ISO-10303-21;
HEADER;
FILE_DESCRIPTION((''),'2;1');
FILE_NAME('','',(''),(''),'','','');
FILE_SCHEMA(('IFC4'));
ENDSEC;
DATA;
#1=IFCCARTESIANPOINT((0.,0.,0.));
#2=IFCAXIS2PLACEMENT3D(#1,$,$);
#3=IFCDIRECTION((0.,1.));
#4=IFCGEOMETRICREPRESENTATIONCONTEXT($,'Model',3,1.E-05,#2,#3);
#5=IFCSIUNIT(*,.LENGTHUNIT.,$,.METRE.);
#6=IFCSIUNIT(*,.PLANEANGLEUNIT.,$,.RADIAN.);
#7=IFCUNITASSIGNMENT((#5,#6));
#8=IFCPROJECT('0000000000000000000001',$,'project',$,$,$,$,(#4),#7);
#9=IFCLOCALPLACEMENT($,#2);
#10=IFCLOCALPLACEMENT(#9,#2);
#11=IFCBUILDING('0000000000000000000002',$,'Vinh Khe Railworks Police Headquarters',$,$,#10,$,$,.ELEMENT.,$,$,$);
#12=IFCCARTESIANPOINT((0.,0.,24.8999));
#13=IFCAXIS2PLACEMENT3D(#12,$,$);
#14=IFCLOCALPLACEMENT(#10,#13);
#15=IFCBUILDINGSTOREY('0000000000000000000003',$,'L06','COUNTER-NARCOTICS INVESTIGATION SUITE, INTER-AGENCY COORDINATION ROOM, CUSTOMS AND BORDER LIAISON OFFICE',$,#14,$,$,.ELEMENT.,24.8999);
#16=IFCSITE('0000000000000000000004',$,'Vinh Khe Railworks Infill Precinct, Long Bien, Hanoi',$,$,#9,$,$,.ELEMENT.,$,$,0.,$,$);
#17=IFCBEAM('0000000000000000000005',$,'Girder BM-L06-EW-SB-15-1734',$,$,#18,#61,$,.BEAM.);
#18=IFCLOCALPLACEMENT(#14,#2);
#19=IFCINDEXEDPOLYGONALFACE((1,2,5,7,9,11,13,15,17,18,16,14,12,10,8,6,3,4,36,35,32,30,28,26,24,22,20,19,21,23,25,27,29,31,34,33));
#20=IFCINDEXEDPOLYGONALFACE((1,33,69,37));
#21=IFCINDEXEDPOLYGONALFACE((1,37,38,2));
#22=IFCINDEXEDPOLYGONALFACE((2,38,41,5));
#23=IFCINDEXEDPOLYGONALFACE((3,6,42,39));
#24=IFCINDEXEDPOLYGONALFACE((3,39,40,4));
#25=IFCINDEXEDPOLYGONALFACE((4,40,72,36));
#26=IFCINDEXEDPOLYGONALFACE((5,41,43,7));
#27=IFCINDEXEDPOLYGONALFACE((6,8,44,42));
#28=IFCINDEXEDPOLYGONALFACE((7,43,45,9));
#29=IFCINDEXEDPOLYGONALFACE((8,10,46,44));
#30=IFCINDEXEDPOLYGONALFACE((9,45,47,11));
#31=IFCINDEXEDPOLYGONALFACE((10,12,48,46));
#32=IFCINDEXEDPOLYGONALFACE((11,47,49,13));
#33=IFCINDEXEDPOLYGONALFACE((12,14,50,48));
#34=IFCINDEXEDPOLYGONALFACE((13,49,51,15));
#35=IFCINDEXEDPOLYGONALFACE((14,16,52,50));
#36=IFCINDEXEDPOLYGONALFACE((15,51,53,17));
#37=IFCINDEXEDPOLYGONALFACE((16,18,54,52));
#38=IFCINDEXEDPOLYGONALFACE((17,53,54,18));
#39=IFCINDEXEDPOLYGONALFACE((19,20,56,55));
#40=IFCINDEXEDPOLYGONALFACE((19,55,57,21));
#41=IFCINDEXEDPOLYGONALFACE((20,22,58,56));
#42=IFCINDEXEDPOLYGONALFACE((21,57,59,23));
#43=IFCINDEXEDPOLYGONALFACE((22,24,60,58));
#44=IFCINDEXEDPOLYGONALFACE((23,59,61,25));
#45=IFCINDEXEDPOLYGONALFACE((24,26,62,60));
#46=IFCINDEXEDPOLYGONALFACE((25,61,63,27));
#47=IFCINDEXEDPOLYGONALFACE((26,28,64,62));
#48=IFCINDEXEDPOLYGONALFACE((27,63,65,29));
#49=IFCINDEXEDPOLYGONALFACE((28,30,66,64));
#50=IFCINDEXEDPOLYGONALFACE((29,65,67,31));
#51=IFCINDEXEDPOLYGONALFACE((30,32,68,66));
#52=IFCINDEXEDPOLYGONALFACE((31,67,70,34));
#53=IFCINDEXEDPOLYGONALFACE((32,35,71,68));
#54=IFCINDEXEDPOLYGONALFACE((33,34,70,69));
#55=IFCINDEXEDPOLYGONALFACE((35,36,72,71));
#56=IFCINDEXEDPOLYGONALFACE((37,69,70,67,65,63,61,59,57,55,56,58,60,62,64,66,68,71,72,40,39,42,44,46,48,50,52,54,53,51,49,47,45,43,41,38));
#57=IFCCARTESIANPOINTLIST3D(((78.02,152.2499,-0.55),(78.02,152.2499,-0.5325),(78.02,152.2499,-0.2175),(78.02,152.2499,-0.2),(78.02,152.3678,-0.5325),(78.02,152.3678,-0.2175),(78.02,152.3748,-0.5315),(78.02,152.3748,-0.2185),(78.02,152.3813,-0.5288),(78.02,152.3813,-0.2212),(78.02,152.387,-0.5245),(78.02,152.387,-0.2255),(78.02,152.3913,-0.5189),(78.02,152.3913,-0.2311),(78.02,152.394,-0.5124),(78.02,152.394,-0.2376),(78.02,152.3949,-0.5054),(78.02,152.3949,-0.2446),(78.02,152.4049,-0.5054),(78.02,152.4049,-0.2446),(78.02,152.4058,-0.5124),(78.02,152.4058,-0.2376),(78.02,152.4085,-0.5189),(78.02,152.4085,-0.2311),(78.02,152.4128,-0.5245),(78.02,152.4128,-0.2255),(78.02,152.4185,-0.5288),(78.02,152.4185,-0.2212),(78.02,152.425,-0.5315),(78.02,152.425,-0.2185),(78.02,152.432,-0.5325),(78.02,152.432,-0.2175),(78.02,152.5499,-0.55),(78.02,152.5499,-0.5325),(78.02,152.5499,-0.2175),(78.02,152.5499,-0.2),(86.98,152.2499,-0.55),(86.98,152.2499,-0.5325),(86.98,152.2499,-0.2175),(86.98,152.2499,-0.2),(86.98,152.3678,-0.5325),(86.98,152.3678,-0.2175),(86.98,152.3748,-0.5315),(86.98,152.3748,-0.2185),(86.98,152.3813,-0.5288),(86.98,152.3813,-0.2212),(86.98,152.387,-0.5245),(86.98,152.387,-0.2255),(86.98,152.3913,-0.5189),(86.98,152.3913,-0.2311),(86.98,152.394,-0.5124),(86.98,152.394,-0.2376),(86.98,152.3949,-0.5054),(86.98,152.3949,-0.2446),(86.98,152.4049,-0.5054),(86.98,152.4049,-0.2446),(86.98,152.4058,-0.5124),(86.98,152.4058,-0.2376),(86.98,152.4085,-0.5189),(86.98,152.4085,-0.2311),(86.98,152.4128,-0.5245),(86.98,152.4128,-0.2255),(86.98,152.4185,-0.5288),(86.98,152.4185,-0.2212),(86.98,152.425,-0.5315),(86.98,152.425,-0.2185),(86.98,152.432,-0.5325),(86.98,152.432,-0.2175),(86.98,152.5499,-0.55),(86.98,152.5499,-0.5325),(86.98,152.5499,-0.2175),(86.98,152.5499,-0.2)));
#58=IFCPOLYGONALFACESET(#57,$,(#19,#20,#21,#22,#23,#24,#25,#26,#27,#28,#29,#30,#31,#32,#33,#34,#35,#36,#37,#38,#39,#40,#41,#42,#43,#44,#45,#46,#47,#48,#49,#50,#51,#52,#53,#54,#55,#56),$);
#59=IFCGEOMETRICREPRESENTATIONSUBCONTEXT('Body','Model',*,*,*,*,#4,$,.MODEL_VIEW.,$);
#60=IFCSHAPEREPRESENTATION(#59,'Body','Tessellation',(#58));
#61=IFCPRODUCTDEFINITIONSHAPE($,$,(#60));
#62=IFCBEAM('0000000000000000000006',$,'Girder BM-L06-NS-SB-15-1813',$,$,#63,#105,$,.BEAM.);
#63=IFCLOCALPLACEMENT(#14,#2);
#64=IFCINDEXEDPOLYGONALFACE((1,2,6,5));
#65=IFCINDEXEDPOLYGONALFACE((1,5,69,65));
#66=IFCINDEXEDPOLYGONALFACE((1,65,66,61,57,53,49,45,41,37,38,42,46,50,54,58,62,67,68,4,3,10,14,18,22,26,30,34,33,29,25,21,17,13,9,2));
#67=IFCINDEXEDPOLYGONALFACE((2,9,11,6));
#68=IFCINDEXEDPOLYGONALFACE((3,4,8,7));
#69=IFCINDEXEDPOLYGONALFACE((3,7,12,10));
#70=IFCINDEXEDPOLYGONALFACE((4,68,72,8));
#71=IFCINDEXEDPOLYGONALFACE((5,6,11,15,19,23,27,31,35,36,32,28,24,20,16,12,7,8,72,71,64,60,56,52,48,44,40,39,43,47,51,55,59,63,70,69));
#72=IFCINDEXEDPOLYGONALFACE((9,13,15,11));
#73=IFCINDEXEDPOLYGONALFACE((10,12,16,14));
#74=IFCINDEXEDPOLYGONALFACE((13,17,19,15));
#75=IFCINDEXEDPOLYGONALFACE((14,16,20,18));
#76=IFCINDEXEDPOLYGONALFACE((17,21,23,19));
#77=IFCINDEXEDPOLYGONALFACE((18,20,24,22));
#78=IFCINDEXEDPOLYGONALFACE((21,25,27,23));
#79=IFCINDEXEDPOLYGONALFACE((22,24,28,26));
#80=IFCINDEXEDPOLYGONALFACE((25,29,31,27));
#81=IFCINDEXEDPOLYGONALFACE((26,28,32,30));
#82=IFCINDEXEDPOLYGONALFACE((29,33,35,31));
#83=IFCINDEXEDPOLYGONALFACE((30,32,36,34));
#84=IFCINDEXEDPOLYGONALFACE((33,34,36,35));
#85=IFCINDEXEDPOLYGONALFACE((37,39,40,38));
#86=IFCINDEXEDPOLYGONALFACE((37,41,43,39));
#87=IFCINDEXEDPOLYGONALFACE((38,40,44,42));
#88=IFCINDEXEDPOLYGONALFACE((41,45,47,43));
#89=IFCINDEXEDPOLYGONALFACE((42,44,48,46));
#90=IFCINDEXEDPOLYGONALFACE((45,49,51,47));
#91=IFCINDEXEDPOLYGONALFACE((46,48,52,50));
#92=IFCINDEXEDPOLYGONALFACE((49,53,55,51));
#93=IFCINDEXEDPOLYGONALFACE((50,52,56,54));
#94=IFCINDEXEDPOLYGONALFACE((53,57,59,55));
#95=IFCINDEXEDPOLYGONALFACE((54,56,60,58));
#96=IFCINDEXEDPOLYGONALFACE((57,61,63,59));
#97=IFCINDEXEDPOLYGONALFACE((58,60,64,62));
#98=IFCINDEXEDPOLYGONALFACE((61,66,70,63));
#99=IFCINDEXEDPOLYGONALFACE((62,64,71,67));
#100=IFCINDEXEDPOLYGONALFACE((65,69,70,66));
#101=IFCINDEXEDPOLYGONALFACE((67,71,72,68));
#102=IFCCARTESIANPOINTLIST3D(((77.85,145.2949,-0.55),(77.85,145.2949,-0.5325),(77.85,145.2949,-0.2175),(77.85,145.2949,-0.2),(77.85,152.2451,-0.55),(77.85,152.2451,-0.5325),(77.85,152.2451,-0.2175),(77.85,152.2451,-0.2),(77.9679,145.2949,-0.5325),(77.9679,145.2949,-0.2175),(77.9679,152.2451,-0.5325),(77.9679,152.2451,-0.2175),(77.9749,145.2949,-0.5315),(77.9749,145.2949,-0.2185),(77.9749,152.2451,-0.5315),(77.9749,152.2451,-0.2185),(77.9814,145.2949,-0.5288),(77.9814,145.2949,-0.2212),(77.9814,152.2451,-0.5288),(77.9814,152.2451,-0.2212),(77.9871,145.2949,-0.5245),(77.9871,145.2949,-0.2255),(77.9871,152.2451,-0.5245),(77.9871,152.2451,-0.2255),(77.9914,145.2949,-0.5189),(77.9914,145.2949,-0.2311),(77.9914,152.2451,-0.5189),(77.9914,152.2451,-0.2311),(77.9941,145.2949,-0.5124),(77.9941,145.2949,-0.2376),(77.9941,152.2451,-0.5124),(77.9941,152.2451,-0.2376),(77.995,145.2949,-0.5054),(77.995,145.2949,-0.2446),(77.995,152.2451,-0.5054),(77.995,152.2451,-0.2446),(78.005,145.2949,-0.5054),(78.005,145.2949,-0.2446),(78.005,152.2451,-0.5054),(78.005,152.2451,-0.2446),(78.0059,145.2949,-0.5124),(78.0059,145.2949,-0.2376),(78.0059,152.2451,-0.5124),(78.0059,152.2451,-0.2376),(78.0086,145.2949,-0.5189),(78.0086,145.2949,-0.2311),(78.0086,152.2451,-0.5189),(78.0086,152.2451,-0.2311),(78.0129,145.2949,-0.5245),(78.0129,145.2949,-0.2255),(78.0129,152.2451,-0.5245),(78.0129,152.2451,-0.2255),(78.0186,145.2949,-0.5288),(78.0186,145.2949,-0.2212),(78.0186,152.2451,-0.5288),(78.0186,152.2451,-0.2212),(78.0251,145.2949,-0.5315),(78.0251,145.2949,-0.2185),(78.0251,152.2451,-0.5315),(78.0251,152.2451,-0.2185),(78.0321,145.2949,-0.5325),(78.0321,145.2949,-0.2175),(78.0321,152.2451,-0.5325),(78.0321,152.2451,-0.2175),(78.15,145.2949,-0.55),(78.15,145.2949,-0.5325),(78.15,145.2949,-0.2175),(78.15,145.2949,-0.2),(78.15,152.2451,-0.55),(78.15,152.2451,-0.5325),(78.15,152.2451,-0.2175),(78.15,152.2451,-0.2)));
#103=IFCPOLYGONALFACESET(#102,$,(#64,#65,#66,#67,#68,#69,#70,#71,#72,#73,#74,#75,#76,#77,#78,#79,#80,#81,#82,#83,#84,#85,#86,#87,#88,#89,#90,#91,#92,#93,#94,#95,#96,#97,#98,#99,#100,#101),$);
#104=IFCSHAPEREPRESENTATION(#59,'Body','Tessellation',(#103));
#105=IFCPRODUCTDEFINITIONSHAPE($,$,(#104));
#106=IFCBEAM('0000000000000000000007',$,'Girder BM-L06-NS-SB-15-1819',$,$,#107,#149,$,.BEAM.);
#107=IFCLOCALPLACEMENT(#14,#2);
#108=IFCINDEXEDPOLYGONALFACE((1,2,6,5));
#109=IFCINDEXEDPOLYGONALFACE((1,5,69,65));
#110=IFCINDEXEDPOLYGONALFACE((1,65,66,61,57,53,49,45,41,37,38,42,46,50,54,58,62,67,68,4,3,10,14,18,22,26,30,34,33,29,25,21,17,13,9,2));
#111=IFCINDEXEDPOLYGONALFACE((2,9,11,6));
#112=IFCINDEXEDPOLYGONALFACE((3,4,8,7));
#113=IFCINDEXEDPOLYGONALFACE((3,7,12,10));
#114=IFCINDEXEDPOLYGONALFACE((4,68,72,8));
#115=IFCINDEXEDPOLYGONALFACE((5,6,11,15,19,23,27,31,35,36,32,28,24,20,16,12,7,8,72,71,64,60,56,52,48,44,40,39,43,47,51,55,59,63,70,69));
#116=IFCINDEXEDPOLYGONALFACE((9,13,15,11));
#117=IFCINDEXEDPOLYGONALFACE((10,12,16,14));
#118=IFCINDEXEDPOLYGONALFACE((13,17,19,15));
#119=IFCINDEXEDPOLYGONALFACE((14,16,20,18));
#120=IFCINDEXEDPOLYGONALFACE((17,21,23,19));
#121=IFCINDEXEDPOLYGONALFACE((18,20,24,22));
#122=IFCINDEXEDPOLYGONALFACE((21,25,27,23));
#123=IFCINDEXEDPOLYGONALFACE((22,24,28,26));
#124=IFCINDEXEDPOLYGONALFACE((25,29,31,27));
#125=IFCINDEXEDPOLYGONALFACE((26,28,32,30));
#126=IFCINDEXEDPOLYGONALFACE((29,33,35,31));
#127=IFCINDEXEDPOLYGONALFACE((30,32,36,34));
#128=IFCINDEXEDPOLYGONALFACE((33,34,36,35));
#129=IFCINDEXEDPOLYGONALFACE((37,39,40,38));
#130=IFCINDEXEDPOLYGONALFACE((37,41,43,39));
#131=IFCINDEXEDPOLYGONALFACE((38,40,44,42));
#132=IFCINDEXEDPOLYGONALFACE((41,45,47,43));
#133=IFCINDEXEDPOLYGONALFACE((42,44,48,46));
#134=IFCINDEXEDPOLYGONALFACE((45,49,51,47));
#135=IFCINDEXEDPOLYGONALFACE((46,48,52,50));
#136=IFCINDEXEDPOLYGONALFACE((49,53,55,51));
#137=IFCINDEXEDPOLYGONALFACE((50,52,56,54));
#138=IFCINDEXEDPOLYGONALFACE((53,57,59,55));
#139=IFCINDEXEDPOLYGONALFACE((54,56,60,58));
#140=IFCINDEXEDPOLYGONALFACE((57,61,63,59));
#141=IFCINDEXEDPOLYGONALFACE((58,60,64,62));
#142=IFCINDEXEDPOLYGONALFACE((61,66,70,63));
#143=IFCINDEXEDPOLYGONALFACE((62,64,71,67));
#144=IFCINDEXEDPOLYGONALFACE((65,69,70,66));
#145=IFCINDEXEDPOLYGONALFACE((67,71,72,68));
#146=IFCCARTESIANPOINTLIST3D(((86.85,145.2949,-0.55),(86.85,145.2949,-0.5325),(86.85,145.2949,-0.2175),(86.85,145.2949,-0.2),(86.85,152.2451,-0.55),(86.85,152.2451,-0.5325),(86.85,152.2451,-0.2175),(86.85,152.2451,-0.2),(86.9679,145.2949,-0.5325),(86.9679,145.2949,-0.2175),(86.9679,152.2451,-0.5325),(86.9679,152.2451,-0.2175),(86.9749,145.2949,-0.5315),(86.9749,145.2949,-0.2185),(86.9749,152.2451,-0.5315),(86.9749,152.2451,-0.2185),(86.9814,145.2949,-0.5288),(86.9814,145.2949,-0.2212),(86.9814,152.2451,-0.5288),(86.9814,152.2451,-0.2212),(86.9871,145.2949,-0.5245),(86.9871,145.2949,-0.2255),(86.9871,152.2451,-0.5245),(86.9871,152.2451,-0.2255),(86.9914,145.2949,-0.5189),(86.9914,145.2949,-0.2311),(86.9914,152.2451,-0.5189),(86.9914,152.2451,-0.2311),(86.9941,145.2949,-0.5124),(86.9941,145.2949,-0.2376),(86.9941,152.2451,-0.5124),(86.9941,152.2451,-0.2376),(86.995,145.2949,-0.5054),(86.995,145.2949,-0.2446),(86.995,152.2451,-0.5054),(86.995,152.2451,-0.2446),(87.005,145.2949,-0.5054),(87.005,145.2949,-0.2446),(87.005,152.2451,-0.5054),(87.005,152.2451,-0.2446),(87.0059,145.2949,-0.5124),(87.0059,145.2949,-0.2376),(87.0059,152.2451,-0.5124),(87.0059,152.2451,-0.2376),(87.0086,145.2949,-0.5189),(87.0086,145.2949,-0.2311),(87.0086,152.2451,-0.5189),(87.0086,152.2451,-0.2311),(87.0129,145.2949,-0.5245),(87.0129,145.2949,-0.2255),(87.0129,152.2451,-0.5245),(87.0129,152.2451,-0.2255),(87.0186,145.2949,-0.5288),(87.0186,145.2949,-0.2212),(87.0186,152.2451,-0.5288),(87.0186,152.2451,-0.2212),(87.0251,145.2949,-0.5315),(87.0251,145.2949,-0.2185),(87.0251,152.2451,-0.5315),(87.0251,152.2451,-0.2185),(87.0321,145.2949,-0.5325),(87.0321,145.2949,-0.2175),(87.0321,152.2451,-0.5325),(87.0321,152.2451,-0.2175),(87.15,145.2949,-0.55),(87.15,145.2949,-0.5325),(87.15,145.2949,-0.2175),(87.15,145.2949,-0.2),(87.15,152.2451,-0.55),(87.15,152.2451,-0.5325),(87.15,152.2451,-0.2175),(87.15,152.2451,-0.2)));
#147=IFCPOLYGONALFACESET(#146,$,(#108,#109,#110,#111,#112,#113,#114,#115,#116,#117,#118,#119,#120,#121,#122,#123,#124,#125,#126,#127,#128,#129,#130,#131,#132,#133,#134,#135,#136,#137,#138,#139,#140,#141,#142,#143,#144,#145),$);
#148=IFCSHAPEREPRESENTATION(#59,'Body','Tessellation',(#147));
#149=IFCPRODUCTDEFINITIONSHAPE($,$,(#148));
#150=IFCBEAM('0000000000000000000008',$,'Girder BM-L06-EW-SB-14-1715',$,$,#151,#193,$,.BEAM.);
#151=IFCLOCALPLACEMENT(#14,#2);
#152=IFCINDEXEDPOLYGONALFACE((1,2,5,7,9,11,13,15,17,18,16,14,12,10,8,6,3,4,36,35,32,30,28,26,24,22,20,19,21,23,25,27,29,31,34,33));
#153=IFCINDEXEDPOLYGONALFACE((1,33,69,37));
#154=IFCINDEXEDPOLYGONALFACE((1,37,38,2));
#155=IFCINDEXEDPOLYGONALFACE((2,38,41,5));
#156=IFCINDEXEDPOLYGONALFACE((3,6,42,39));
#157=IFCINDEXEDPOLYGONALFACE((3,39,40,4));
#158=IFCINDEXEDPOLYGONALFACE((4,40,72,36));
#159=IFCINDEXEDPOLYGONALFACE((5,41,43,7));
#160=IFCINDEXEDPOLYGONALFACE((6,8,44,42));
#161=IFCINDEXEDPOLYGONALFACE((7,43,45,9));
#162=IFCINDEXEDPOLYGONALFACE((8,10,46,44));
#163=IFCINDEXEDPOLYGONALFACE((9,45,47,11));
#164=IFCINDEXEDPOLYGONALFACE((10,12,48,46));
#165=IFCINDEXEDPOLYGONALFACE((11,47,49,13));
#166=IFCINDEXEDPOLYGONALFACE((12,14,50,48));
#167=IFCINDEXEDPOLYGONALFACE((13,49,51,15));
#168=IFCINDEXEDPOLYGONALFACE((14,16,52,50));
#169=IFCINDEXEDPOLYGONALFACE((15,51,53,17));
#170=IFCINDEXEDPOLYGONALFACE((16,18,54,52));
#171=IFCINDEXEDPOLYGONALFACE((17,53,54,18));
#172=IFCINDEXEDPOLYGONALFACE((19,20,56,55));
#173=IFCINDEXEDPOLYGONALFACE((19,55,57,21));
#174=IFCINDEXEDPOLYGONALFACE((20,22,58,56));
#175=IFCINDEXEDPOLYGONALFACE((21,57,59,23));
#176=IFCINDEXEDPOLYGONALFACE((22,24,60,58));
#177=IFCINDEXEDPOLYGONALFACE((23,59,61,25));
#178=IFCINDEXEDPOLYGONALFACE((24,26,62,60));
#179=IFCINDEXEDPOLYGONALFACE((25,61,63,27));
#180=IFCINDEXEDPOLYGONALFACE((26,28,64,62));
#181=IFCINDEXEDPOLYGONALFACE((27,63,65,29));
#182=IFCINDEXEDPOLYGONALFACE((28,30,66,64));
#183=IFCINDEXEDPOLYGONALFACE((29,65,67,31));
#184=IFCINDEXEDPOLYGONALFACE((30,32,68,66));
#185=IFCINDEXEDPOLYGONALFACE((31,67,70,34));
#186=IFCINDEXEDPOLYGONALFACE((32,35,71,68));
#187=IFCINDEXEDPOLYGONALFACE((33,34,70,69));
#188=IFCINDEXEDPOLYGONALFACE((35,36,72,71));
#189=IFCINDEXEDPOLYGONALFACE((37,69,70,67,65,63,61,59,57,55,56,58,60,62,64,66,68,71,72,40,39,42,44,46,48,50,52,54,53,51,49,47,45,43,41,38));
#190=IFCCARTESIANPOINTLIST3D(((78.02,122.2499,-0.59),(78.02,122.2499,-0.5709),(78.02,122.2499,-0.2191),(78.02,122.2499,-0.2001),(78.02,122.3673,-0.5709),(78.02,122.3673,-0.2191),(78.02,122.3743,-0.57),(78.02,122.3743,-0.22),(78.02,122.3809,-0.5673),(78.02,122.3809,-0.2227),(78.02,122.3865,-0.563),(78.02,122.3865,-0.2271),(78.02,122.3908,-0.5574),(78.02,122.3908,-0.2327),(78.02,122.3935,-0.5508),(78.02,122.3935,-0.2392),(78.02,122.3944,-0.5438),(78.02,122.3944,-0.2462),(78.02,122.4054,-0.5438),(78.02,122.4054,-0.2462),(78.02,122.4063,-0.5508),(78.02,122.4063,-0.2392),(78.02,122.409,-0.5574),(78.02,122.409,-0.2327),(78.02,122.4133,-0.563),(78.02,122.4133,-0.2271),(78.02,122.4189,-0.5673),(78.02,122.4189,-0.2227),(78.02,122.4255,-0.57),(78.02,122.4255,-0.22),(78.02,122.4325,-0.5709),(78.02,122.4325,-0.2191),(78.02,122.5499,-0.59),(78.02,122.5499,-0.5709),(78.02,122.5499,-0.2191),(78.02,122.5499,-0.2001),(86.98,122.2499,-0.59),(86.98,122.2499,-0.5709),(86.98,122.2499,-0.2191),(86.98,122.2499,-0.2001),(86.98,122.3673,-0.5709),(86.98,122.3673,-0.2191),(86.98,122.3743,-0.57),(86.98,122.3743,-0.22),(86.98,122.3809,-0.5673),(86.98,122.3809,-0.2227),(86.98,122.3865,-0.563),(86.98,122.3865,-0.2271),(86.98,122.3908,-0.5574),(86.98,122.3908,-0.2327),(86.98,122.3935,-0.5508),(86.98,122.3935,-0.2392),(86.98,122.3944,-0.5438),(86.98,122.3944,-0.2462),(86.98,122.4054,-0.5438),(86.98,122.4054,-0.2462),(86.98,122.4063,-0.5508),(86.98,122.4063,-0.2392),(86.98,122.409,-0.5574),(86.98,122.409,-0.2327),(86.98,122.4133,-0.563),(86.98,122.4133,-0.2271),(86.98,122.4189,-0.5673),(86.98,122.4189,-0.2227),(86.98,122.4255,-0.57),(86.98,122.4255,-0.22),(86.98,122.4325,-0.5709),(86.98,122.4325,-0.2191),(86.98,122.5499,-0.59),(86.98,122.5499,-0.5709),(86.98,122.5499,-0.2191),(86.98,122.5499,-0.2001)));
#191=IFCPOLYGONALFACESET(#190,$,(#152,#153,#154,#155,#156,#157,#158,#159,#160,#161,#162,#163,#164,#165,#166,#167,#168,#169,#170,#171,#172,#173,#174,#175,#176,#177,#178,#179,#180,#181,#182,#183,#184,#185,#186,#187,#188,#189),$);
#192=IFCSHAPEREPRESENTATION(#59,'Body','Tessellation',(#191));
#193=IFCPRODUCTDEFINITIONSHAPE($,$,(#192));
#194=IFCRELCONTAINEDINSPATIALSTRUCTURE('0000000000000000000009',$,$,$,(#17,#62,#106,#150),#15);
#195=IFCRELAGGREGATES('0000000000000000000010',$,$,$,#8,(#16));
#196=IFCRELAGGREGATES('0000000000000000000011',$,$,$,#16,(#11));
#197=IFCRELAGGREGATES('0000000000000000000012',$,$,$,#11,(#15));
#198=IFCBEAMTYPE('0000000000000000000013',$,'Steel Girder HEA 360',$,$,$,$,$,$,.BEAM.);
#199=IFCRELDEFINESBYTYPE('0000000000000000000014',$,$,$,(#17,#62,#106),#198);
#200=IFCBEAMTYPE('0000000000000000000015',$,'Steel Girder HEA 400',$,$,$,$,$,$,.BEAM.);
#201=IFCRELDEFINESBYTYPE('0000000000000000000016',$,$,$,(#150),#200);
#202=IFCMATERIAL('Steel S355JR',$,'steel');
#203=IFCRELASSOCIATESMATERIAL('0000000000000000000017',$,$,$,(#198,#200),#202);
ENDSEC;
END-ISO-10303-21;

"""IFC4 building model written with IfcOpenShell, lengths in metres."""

from ifc_helpers import new_model, si_unit, direction, frame, origin, origin_2d, place, context, subcontext, project, spatial, i_section, extrude, material, material_profile, profile_set, type_object, element, save


model = new_model("IFC4")

# Units and contexts
model_context = context("Model", 3, precision=1e-05, world=origin(), true_north=direction((0.0, 1.0)))
body_context = subcontext(model_context, "Body", "Model", "MODEL_VIEW")
ifc_project = project(units=[si_unit("LENGTHUNIT", "METRE"), si_unit("PLANEANGLEUNIT", "RADIAN")], contexts=[model_context])

# Site, building, storey
site_placement = place(None, origin())
site = spatial("IfcSite", under=ifc_project, at=site_placement, Name="Vinh Khe Railworks Infill Precinct, Long Bien, Hanoi", CompositionType="ELEMENT", RefElevation=0.0)
building_placement = place(site_placement, origin())
building = spatial("IfcBuilding", under=site, at=building_placement, Name="Vinh Khe Railworks Police Headquarters", CompositionType="ELEMENT")
storey_placement = place(building_placement, frame((0.0, 0.0, 24.8999)))
storey = spatial("IfcBuildingStorey", under=building, at=storey_placement, Name="L06", Description="COUNTER-NARCOTICS INVESTIGATION SUITE, INTER-AGENCY COORDINATION ROOM, CUSTOMS AND BORDER LIAISON OFFICE", CompositionType="ELEMENT", Elevation=24.8999)

# Beams
ifc_material_1 = material(Name="Steel S355JR", Category="steel")
ifc_material_profile_1 = material_profile(ifc_material_1, i_section(OverallWidth=0.3, OverallDepth=0.3501, WebThickness=0.01, FlangeThickness=0.0176, FilletRadius=0.0271, at=origin_2d()), Name="HEA 360")
ifc_profile_set_1 = profile_set([ifc_material_profile_1], Name="Steel S355JR")
beam_type_1 = type_object("IfcBeamType", Name="Steel Girder HEA 360", PredefinedType="BEAM", material=ifc_profile_set_1)
for number, where, z_axis, x_axis, name in (
    (1, (78.02, 152.3999, -0.375), (1.0, 0.0, 0.0), (0.0, 1.0, 0.0), "Girder BM-L06-EW-SB-15-1734"),
):
    element("IfcBeam", number, at=place(storey_placement, frame(where, z_axis=z_axis, x_axis=x_axis)), inside=storey, type_object=beam_type_1, Name=name, PredefinedType="BEAM", context=body_context, shape_type="SweptSolid", body=[
        extrude(i_section(OverallWidth=0.3, OverallDepth=0.3501, WebThickness=0.01, FlangeThickness=0.0176, FilletRadius=0.0271, at=origin_2d()), origin(), (0.0, 0.0, 1.0), 8.96),
    ])
for number, where, z_axis, x_axis, name in (
    (2, (78.0, 145.2949, -0.375), (0.0, 1.0, 0.0), (-1.0, 0.0, 0.0), "Girder BM-L06-NS-SB-15-1813"),
    (3, (87.0, 145.2949, -0.375), (0.0, 1.0, 0.0), (-1.0, 0.0, 0.0), "Girder BM-L06-NS-SB-15-1819"),
):
    element("IfcBeam", number, at=place(storey_placement, frame(where, z_axis=z_axis, x_axis=x_axis)), inside=storey, type_object=beam_type_1, Name=name, PredefinedType="BEAM", context=body_context, shape_type="SweptSolid", body=[
        extrude(i_section(OverallWidth=0.3, OverallDepth=0.3501, WebThickness=0.01, FlangeThickness=0.0176, FilletRadius=0.0271, at=origin_2d()), origin(), (0.0, 0.0, 1.0), 6.9502),
    ])
ifc_material_profile_2 = material_profile(ifc_material_1, i_section(OverallWidth=0.3, OverallDepth=0.3899, WebThickness=0.011, FlangeThickness=0.019, FilletRadius=0.0271, at=origin_2d()), Name="HEA 400")
ifc_profile_set_2 = profile_set([ifc_material_profile_2], Name="Steel S355JR")
beam_type_2 = type_object("IfcBeamType", Name="Steel Girder HEA 400", PredefinedType="BEAM", material=ifc_profile_set_2)
beam_1_placement = place(storey_placement, frame((78.02, 122.3999, -0.395), z_axis=(1.0, 0.0, 0.0), x_axis=(0.0, 1.0, 0.0)))
element("IfcBeam", 4, at=beam_1_placement, inside=storey, type_object=beam_type_2, Name="Girder BM-L06-EW-SB-14-1715", PredefinedType="BEAM", context=body_context, shape_type="SweptSolid", body=[
    extrude(i_section(OverallWidth=0.3, OverallDepth=0.3899, WebThickness=0.011, FlangeThickness=0.019, FilletRadius=0.0271, at=origin_2d()), origin(), (0.0, 0.0, 1.0), 8.96),
])

save(model, "model.ifc")
